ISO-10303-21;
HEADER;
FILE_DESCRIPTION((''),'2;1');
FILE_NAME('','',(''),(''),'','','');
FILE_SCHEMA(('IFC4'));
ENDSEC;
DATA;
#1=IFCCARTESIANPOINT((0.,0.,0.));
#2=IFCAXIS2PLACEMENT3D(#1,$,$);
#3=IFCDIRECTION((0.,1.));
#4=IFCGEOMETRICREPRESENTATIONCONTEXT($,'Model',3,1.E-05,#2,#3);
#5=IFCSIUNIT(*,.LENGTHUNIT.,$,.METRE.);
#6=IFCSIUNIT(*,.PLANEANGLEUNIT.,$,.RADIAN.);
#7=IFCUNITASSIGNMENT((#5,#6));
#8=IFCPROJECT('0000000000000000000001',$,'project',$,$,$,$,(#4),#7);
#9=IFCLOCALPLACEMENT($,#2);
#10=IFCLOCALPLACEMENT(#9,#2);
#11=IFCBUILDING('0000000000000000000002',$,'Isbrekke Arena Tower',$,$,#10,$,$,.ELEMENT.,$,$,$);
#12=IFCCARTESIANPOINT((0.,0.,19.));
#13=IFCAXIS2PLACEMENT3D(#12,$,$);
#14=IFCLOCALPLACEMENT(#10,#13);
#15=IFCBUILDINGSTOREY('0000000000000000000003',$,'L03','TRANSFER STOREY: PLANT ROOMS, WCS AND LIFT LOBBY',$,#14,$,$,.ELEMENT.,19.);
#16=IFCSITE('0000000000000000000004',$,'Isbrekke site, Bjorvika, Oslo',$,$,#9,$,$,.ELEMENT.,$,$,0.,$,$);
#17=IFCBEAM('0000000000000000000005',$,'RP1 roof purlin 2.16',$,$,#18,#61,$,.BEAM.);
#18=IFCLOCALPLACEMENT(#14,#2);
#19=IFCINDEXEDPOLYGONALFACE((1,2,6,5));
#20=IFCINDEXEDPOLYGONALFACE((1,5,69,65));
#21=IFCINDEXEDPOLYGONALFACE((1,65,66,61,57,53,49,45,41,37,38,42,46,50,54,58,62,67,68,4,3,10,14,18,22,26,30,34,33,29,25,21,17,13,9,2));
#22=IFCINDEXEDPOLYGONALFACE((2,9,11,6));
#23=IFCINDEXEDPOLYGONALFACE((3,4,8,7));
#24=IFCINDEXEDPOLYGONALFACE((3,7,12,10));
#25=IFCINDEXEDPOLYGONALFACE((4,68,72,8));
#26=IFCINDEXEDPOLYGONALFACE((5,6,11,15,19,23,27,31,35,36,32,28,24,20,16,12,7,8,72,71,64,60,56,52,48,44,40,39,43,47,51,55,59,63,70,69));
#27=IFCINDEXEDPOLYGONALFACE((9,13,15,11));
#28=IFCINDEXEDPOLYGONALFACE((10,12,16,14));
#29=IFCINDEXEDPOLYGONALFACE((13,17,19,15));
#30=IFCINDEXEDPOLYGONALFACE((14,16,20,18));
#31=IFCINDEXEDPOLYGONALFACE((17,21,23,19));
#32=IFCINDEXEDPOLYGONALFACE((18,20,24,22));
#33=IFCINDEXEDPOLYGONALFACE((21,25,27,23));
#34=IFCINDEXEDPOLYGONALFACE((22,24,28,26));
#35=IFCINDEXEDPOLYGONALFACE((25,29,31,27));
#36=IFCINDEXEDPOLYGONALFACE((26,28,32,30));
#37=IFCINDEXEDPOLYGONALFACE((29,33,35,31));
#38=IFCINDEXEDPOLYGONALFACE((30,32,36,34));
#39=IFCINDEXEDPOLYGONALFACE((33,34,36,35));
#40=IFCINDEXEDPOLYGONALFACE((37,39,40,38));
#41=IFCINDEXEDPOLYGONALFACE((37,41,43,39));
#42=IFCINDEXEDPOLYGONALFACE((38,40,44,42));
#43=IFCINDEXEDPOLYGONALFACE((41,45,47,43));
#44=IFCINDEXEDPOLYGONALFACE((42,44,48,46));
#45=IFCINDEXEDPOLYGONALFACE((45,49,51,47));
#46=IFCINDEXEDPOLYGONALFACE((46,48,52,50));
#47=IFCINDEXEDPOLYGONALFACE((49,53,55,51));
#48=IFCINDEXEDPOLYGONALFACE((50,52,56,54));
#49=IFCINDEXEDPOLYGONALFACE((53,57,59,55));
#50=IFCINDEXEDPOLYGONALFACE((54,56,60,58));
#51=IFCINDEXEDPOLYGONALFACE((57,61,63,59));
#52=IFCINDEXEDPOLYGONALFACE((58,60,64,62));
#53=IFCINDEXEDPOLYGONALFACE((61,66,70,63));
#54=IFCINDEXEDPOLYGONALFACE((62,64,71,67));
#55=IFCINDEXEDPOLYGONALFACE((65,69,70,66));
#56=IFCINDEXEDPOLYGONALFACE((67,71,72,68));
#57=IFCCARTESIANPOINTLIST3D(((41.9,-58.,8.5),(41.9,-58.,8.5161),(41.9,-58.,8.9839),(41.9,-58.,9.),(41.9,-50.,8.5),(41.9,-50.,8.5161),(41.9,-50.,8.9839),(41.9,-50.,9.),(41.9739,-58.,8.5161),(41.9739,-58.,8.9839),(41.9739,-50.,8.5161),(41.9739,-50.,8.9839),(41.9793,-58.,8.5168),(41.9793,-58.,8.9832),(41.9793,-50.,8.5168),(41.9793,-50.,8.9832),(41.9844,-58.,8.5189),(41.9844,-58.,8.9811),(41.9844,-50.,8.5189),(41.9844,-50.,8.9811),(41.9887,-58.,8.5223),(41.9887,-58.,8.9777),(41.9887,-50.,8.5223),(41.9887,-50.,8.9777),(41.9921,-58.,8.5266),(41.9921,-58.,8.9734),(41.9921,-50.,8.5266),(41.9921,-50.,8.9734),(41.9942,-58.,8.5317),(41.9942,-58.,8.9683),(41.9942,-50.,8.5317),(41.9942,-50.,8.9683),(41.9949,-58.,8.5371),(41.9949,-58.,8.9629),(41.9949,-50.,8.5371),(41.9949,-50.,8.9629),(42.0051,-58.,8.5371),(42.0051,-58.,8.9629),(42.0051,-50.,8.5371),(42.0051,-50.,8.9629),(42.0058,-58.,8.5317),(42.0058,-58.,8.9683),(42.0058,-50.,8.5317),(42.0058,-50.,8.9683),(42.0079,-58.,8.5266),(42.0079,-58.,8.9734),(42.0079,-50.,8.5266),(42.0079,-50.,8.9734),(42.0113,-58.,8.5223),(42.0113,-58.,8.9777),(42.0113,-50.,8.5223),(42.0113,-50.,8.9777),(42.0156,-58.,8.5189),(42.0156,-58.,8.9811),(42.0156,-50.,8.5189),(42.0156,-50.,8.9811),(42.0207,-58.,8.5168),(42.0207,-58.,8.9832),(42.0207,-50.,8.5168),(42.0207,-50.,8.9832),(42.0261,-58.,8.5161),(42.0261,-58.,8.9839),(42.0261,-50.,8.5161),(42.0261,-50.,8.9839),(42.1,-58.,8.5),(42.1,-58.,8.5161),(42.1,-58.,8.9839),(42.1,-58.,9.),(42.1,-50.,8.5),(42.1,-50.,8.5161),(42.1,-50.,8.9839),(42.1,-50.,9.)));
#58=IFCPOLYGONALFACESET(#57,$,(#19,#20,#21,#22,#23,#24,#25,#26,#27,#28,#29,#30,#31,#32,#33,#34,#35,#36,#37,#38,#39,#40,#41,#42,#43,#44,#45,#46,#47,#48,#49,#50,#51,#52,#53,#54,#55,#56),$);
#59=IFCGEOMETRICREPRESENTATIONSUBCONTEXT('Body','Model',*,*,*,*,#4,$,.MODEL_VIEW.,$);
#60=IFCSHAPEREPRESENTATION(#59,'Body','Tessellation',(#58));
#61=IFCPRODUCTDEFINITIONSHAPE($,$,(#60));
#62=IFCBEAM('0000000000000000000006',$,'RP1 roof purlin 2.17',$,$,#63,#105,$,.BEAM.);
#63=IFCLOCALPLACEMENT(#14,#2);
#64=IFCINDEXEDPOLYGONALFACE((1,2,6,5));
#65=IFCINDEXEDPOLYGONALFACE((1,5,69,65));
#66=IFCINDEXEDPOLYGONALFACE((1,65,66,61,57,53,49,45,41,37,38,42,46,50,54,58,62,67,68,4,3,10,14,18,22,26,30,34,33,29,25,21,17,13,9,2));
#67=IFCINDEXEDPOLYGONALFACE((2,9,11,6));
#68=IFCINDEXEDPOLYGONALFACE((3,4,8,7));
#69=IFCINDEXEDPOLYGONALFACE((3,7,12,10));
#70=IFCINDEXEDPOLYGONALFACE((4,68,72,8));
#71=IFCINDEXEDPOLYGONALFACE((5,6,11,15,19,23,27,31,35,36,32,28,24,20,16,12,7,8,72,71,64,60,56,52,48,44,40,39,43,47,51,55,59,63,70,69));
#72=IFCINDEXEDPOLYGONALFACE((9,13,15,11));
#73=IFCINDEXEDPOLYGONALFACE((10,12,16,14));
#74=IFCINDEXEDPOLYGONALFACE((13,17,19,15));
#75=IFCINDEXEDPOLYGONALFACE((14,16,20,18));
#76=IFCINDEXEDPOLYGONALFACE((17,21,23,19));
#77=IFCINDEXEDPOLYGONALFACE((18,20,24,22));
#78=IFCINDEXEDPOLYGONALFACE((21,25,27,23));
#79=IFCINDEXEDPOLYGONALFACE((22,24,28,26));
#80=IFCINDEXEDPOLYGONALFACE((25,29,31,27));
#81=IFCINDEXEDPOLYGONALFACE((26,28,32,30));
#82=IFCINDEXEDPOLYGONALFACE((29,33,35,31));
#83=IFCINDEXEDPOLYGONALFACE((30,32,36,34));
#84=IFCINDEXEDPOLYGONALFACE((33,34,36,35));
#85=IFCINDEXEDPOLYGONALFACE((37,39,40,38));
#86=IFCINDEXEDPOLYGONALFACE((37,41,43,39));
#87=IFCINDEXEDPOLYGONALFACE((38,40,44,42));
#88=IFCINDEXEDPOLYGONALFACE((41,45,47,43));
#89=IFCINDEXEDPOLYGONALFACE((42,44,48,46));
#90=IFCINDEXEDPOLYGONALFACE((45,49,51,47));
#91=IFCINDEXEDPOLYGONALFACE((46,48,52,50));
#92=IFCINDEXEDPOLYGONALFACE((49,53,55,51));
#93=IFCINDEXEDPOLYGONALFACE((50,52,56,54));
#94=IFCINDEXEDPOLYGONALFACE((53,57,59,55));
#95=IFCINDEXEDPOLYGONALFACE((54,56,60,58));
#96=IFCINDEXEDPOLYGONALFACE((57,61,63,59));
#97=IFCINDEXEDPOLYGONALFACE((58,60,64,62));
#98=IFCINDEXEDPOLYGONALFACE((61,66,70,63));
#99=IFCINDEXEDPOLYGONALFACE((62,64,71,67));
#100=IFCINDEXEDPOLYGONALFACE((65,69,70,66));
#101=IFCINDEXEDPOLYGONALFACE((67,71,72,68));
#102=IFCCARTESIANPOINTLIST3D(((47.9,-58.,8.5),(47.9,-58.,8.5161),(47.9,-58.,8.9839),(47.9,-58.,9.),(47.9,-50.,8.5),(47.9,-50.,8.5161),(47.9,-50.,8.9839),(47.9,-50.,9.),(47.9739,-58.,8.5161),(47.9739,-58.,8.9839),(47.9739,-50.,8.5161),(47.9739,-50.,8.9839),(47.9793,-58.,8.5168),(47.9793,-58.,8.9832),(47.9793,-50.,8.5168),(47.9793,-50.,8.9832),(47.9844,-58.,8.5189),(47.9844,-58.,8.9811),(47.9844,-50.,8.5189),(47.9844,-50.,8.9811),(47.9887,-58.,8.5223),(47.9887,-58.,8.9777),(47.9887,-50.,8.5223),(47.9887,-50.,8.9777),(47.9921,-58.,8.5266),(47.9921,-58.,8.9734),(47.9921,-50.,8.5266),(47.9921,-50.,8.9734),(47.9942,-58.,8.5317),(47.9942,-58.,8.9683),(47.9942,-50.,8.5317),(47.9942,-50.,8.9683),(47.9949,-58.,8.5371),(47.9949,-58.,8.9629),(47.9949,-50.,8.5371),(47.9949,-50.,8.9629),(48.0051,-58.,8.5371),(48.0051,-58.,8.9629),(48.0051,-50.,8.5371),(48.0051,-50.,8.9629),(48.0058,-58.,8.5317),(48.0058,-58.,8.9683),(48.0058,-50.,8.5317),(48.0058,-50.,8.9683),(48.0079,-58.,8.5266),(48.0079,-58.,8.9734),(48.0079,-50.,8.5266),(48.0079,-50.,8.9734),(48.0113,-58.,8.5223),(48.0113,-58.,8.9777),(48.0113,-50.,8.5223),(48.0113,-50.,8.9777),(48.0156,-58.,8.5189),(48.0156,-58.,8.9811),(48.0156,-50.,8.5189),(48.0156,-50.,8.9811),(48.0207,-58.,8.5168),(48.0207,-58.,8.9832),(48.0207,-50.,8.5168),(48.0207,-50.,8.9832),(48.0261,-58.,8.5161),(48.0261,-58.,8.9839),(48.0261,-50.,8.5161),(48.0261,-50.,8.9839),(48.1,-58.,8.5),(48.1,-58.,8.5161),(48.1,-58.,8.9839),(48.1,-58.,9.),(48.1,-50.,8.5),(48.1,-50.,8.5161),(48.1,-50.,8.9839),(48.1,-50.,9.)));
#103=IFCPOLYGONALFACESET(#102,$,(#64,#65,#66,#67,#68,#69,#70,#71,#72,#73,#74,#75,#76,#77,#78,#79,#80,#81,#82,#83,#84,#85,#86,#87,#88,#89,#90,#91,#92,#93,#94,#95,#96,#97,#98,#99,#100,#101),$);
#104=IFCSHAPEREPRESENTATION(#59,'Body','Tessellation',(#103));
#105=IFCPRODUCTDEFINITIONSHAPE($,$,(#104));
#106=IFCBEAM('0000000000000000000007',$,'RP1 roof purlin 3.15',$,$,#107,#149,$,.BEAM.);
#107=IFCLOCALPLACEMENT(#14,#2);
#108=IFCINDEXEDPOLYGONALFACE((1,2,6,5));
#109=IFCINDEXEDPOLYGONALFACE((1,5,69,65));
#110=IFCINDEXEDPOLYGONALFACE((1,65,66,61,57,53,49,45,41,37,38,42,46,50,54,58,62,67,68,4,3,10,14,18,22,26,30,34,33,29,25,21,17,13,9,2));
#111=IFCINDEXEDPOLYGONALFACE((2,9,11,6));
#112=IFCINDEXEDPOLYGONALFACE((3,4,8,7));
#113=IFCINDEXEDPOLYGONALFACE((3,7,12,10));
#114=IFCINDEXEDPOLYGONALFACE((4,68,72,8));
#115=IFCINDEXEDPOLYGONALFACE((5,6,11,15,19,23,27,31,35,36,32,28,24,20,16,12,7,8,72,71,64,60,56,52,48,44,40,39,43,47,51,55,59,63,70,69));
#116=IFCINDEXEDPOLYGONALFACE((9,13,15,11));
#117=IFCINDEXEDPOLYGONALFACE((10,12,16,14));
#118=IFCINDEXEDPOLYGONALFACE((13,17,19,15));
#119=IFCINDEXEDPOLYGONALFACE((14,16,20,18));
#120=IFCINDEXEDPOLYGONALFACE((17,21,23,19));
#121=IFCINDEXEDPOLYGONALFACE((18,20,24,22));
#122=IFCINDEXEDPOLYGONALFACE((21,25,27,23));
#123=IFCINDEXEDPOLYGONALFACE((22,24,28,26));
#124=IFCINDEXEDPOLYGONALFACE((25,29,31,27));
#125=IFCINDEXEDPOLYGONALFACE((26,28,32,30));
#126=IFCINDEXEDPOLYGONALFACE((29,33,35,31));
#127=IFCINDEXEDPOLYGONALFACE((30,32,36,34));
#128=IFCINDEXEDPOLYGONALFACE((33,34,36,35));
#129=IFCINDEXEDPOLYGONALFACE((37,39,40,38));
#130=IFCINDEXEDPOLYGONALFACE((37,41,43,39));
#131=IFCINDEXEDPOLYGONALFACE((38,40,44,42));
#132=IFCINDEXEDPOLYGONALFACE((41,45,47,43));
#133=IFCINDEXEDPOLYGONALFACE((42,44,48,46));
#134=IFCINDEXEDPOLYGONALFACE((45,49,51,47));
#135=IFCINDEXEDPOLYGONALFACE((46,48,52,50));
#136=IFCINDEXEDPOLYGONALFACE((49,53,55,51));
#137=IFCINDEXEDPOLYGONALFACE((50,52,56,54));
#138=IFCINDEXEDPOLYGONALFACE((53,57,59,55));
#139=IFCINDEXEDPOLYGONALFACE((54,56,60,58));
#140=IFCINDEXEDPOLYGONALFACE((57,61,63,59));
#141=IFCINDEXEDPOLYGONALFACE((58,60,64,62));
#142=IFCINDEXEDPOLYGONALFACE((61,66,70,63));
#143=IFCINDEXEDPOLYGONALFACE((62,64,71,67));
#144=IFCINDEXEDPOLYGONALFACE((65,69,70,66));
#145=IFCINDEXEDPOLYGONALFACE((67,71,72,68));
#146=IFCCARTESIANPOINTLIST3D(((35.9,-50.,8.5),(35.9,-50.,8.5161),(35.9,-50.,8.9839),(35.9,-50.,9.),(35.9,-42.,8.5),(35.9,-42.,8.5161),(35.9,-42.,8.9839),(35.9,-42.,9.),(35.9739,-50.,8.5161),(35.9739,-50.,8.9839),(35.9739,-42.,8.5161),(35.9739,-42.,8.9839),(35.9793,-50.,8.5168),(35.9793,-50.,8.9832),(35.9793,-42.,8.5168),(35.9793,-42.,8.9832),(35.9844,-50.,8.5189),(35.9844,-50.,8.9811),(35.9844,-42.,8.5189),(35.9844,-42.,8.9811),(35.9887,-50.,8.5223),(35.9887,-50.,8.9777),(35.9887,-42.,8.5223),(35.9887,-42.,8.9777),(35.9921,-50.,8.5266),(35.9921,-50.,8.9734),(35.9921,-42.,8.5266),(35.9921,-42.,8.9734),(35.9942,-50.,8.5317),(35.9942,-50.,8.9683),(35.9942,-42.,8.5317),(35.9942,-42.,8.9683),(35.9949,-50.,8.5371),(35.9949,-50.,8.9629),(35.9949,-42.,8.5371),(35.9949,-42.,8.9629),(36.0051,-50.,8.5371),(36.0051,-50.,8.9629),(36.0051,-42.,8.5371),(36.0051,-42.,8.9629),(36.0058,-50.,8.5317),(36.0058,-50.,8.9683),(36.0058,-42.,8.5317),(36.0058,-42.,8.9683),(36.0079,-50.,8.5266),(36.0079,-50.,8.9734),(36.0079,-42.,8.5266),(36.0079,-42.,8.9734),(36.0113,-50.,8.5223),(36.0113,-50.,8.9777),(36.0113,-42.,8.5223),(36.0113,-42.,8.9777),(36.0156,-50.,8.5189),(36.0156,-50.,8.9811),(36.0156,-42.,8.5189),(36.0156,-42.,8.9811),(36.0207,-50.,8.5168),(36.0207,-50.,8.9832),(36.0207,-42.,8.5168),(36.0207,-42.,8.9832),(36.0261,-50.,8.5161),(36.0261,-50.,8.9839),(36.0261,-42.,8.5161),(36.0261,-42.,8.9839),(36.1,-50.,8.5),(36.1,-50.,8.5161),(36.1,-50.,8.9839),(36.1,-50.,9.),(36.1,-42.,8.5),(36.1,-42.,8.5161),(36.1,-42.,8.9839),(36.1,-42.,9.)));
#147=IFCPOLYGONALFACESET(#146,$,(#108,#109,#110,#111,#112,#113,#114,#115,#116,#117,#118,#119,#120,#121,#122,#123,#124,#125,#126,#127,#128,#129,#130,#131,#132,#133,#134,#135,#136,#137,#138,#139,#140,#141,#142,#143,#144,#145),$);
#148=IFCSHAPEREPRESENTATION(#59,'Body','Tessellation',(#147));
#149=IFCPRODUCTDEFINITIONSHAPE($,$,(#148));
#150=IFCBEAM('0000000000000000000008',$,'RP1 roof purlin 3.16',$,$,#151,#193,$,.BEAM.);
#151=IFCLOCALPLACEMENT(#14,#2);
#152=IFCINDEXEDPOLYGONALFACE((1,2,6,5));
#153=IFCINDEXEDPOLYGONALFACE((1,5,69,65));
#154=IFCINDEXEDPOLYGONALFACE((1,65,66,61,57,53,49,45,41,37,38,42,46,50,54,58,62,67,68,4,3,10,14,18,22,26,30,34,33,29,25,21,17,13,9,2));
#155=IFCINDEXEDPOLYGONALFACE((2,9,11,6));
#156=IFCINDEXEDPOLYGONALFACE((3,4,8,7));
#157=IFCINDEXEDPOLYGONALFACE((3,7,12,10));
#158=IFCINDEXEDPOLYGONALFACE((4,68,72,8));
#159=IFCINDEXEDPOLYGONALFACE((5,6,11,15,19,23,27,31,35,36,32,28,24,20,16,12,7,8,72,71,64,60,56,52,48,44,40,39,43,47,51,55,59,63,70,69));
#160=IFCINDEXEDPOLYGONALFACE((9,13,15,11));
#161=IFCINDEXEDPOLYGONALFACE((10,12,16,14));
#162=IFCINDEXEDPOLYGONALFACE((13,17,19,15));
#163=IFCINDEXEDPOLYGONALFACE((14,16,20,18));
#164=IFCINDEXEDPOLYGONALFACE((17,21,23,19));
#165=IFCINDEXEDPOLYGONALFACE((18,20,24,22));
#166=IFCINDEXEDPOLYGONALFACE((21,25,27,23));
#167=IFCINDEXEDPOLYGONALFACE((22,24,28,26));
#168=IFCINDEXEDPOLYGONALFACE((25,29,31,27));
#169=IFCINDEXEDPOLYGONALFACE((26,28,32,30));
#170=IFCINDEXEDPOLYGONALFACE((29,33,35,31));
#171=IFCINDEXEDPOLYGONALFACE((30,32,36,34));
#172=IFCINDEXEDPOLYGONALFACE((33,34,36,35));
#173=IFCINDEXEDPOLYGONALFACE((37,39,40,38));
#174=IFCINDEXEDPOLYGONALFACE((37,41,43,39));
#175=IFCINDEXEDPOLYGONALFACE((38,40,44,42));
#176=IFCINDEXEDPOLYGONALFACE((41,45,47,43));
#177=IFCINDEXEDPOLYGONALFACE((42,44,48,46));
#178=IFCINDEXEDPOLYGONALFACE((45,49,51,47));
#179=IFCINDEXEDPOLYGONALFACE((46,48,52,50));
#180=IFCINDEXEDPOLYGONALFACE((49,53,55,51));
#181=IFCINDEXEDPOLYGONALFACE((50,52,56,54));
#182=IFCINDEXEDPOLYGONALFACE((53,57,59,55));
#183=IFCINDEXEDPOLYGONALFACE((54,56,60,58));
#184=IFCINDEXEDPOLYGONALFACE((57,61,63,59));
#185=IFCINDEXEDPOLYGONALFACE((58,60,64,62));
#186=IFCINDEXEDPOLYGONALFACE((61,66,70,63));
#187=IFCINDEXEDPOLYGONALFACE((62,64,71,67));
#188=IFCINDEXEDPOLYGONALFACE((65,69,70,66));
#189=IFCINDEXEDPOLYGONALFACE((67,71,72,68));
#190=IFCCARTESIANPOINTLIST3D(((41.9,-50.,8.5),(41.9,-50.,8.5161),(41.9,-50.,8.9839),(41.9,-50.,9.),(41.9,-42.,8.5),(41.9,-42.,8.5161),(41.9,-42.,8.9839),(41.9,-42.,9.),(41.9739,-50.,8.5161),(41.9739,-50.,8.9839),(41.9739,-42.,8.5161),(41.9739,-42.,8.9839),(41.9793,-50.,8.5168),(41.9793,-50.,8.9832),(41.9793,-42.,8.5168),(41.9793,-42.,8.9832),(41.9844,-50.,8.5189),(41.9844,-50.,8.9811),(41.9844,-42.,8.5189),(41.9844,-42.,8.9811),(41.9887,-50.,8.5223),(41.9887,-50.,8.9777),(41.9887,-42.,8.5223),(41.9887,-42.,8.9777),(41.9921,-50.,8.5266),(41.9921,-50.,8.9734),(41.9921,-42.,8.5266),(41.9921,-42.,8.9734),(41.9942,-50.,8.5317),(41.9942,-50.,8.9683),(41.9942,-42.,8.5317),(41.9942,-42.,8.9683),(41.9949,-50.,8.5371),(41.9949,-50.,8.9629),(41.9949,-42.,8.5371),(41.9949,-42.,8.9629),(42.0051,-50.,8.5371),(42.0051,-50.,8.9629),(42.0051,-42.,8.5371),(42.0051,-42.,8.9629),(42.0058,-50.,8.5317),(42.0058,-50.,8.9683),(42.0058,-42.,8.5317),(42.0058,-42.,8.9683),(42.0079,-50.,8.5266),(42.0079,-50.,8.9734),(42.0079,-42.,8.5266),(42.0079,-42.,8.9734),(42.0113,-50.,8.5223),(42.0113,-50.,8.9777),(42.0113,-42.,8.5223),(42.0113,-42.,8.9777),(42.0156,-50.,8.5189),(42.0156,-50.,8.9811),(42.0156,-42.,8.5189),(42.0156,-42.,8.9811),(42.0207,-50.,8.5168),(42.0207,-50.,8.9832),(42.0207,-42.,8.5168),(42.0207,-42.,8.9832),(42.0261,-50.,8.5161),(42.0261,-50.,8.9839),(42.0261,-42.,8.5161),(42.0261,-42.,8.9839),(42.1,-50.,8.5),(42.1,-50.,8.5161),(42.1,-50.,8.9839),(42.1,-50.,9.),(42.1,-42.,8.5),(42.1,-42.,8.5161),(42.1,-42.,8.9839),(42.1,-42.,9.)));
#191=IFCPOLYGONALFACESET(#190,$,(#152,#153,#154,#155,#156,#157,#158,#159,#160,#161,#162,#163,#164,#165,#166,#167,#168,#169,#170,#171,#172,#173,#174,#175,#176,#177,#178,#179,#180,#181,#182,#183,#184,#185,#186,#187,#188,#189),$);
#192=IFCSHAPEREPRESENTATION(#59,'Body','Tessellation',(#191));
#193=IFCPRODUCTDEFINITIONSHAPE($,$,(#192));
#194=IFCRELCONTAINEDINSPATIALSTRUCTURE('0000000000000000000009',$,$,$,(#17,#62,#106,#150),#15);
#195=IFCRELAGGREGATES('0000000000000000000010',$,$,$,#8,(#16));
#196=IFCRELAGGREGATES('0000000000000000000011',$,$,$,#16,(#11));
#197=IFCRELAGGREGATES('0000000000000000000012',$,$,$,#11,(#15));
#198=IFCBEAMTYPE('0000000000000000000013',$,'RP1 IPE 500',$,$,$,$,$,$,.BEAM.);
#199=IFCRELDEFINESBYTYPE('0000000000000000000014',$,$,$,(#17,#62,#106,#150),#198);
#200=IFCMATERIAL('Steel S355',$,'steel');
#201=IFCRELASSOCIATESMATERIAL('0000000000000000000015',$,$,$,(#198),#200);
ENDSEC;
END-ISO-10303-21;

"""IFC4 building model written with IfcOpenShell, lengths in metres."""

from ifc_helpers import new_model, si_unit, direction, frame, origin, origin_2d, place, context, subcontext, project, spatial, i_section, extrude, material, material_profile, profile_set, type_object, element, save


model = new_model("IFC4")

# Units and contexts
model_context = context("Model", 3, precision=1e-05, world=origin(), true_north=direction((0.0, 1.0)))
body_context = subcontext(model_context, "Body", "Model", "MODEL_VIEW")
ifc_project = project(units=[si_unit("LENGTHUNIT", "METRE"), si_unit("PLANEANGLEUNIT", "RADIAN")], contexts=[model_context])

# Site, building, storey
site_placement = place(None, origin())
site = spatial("IfcSite", under=ifc_project, at=site_placement, Name="Isbrekke site, Bjorvika, Oslo", CompositionType="ELEMENT", RefElevation=0.0)
building_placement = place(site_placement, origin())
building = spatial("IfcBuilding", under=site, at=building_placement, Name="Isbrekke Arena Tower", CompositionType="ELEMENT")
storey_placement = place(building_placement, frame((0.0, 0.0, 19.0)))
storey = spatial("IfcBuildingStorey", under=building, at=storey_placement, Name="L03", Description="TRANSFER STOREY: PLANT ROOMS, WCS AND LIFT LOBBY", CompositionType="ELEMENT", Elevation=19.0)

# Beams
ifc_material_1 = material(Name="Steel S355", Category="steel")
ifc_material_profile_1 = material_profile(ifc_material_1, i_section(OverallWidth=0.2, OverallDepth=0.5, WebThickness=0.0103, FlangeThickness=0.0161, FilletRadius=0.021, at=origin_2d()), Name="IPE 500")
ifc_profile_set_1 = profile_set([ifc_material_profile_1], Name="Steel S355")
beam_type = type_object("IfcBeamType", Name="RP1 IPE 500", PredefinedType="BEAM", material=ifc_profile_set_1)
for number, where, z_axis, x_axis, name in (
    (1, (42.0, -58.0, 8.75), (0.0, 1.0, 0.0), (-1.0, 0.0, 0.0), "RP1 roof purlin 2.16"),
    (2, (48.0, -58.0, 8.75), (0.0, 1.0, 0.0), (-1.0, 0.0, 0.0), "RP1 roof purlin 2.17"),
    (3, (36.0, -50.0, 8.75), (0.0, 1.0, 0.0), (-1.0, 0.0, 0.0), "RP1 roof purlin 3.15"),
    (4, (42.0, -50.0, 8.75), (0.0, 1.0, 0.0), (-1.0, 0.0, 0.0), "RP1 roof purlin 3.16"),
):
    element("IfcBeam", number, at=place(storey_placement, frame(where, z_axis=z_axis, x_axis=x_axis)), inside=storey, type_object=beam_type, Name=name, PredefinedType="BEAM", context=body_context, shape_type="SweptSolid", body=[
        extrude(i_section(OverallWidth=0.2, OverallDepth=0.5, WebThickness=0.0103, FlangeThickness=0.0161, FilletRadius=0.021, at=origin_2d()), origin(), (0.0, 0.0, 1.0), 8.0),
    ])

save(model, "model.ifc")
